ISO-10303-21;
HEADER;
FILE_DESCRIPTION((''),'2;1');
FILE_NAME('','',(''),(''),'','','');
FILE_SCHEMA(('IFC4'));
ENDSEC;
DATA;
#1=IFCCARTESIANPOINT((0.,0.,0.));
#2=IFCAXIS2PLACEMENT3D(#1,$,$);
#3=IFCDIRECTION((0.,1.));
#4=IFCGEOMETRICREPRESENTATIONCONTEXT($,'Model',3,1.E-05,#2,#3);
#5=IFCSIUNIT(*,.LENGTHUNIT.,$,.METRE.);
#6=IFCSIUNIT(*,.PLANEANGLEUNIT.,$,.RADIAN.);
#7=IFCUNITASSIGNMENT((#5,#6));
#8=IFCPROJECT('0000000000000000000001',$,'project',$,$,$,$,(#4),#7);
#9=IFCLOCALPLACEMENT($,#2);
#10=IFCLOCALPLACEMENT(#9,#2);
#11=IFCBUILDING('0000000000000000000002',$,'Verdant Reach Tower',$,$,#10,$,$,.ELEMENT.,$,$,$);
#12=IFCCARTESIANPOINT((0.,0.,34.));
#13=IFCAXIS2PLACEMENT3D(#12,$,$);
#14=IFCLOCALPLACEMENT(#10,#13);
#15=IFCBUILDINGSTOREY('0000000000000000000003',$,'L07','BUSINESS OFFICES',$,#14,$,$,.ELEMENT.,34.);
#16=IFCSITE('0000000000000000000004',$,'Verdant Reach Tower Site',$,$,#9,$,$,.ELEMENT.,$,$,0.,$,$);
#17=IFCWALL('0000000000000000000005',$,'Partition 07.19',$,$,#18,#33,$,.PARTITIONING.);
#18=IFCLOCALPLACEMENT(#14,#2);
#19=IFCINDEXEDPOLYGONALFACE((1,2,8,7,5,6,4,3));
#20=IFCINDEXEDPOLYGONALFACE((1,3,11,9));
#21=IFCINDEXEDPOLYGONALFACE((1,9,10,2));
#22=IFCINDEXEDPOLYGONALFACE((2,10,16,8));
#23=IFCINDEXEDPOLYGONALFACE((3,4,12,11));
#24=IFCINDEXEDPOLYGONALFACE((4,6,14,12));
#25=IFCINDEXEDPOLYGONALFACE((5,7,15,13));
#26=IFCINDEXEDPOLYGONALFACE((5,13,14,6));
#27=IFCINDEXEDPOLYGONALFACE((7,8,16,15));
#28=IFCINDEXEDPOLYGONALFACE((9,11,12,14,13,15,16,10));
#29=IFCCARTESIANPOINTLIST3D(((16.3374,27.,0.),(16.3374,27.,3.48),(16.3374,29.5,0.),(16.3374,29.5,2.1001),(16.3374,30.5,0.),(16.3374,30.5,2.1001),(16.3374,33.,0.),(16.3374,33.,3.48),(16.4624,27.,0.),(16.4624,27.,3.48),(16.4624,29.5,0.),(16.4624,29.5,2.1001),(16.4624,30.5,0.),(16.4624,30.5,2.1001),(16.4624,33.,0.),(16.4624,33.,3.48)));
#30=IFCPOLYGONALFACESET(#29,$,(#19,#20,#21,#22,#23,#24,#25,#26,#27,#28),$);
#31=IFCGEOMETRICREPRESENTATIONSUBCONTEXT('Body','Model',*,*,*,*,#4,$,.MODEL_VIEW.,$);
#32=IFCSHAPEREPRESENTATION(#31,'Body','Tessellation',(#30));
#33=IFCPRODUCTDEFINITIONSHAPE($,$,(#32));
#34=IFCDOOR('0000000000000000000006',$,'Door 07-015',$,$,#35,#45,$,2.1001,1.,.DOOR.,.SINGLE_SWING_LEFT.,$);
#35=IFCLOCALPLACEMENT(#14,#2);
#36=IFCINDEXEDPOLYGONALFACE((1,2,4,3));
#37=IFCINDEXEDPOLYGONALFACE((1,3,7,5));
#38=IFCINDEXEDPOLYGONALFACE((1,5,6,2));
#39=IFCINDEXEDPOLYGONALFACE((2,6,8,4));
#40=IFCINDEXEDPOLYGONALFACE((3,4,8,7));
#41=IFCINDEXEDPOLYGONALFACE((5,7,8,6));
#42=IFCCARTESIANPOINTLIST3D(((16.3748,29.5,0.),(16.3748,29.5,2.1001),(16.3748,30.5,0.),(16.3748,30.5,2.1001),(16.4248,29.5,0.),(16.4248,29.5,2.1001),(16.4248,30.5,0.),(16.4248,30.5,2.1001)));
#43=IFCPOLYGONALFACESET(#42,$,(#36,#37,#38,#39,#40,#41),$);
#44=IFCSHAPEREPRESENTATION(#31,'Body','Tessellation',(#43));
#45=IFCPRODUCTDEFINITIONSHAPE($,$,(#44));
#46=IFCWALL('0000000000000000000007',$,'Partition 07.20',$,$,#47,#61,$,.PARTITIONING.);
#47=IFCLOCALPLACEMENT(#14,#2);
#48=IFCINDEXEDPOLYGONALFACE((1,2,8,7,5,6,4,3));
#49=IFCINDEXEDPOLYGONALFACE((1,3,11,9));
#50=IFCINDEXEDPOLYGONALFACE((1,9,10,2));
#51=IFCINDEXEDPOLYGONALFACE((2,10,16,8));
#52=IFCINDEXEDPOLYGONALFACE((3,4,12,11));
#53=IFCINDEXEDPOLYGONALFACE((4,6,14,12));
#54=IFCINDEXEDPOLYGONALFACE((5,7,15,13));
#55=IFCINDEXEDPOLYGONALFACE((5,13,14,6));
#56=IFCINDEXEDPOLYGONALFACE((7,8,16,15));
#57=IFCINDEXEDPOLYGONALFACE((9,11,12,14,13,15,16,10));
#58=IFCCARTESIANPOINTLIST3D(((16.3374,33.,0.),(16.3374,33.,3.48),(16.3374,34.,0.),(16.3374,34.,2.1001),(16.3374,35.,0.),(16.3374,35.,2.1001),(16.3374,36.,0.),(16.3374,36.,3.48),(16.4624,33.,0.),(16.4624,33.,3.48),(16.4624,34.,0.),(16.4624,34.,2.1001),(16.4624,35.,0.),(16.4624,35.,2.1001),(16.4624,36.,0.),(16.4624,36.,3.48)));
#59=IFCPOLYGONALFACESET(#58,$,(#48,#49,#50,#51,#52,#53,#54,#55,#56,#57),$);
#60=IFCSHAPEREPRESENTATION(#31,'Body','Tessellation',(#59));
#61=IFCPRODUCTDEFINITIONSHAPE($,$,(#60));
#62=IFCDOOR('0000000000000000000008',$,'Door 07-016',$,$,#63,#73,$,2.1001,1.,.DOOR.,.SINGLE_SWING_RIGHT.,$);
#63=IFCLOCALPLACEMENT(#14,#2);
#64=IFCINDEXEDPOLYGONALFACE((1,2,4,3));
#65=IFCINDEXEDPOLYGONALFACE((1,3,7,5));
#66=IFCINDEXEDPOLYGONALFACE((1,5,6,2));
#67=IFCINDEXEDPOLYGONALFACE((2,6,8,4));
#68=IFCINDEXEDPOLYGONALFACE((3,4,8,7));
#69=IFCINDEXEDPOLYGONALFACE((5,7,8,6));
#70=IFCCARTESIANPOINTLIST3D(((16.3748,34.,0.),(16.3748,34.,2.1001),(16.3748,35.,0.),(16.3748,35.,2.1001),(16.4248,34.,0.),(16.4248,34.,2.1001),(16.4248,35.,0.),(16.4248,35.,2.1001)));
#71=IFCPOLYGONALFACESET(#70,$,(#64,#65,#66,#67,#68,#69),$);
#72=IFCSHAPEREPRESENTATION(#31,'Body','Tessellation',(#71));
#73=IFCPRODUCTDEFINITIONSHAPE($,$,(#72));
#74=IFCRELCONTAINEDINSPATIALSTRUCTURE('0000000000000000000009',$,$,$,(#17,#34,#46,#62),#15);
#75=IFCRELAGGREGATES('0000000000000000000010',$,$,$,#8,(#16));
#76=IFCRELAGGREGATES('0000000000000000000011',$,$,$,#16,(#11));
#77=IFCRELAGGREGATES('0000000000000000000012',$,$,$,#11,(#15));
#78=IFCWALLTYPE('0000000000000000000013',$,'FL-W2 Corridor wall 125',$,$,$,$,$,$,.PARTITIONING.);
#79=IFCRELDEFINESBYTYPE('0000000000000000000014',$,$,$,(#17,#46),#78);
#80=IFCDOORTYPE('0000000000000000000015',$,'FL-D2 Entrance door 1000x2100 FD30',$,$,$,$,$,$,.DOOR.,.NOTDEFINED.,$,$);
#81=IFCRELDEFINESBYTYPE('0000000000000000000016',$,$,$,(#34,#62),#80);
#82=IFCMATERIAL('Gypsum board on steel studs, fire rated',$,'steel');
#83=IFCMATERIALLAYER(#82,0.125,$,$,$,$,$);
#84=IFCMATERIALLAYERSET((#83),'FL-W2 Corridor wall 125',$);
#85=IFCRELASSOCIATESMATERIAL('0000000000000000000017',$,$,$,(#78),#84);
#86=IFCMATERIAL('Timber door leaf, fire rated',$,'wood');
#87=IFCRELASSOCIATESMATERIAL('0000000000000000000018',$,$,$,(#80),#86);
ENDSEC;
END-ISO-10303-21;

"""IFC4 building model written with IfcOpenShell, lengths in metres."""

from ifc_helpers import new_model, si_unit, direction, frame, frame_2d, origin, place, context, subcontext, project, spatial, rectangle, extrude, material, layer, layer_set, type_object, element, fill, save


model = new_model("IFC4")

# Units and contexts
model_context = context("Model", 3, precision=1e-05, world=origin(), true_north=direction((0.0, 1.0)))
body_context = subcontext(model_context, "Body", "Model", "MODEL_VIEW")
ifc_project = project(units=[si_unit("LENGTHUNIT", "METRE"), si_unit("PLANEANGLEUNIT", "RADIAN")], contexts=[model_context])

# Site, building, storey
site_placement = place(None, origin())
site = spatial("IfcSite", under=ifc_project, at=site_placement, Name="Verdant Reach Tower Site", CompositionType="ELEMENT", RefElevation=0.0)
building_placement = place(site_placement, origin())
building = spatial("IfcBuilding", under=site, at=building_placement, Name="Verdant Reach Tower", CompositionType="ELEMENT")
storey_placement = place(building_placement, frame((0.0, 0.0, 34.0)))
storey = spatial("IfcBuildingStorey", under=building, at=storey_placement, Name="L07", Description="BUSINESS OFFICES", CompositionType="ELEMENT", Elevation=34.0)

# Walls, openings, doors
ifc_material_1 = material(Name="Gypsum board on steel studs, fire rated", Category="steel")
ifc_layer_1 = layer(ifc_material_1, 0.125)
ifc_layer_set_1 = layer_set([ifc_layer_1], Name="FL-W2 Corridor wall 125")
wall_type_1 = type_object("IfcWallType", Name="FL-W2 Corridor wall 125", PredefinedType="PARTITIONING", material=ifc_layer_set_1)
ifc_material_2 = material(Name="Timber door leaf, fire rated", Category="wood")
door_type = type_object("IfcDoorType", Name="FL-D2 Entrance door 1000x2100 FD30", OperationType="NOTDEFINED", PredefinedType="DOOR", material=ifc_material_2)
wall_1_placement = place(storey_placement, frame((16.3999, 33.0, 0.0), z_axis=(0.0, 0.0, 1.0), x_axis=(0.0, -1.0, 0.0)))
wall_1 = element("IfcWall", 1, at=wall_1_placement, inside=storey, type_object=wall_type_1, Name="Partition 07.19", PredefinedType="PARTITIONING", context=body_context, shape_type="SweptSolid", body=[
    extrude(rectangle(XDim=6.0, YDim=0.125, at=frame_2d((3.0, 0.0))), origin(), (0.0, 0.0, 1.0), 3.48),
])
opening_1_placement = place(wall_1_placement, frame((2.5, 0.0, 0.0)))
opening_1 = element("IfcOpeningElement", 2, at=opening_1_placement, cuts=wall_1, PredefinedType="OPENING", context=body_context, shape_type="SweptSolid", body=[
    extrude(rectangle(XDim=1.0, YDim=2.1001, at=frame_2d((0.5, 1.05))), frame((0.0, 0.0725, 0.0), z_axis=(0.0, -1.0, 0.0), x_axis=(1.0, 0.0, 0.0)), (0.0, 0.0, 1.0), 0.145),
])
door_1_placement = place(opening_1_placement, origin())
door_1 = element("IfcDoor", 3, at=door_1_placement, inside=storey, type_object=door_type, Name="Door 07-015", OperationType="SINGLE_SWING_LEFT", OverallHeight=2.1001, OverallWidth=1.0, PredefinedType="DOOR", context=body_context, shape_type="SweptSolid", body=[
    extrude(rectangle(XDim=1.0, YDim=2.1001, at=frame_2d((0.5, 1.05))), frame((0.0, 0.0249, 0.0), z_axis=(0.0, -1.0, 0.0), x_axis=(1.0, 0.0, 0.0)), (0.0, 0.0, 1.0), 0.05),
])
fill(opening_1, door_1)
wall_2_placement = place(storey_placement, frame((16.3999, 36.0, 0.0), z_axis=(0.0, 0.0, 1.0), x_axis=(0.0, -1.0, 0.0)))
wall_2 = element("IfcWall", 4, at=wall_2_placement, inside=storey, type_object=wall_type_1, Name="Partition 07.20", PredefinedType="PARTITIONING", context=body_context, shape_type="SweptSolid", body=[
    extrude(rectangle(XDim=3.0, YDim=0.125, at=frame_2d((1.5, 0.0))), origin(), (0.0, 0.0, 1.0), 3.48),
])
opening_2_placement = place(wall_2_placement, frame((1.0, 0.0, 0.0)))
opening_2 = element("IfcOpeningElement", 5, at=opening_2_placement, cuts=wall_2, PredefinedType="OPENING", context=body_context, shape_type="SweptSolid", body=[
    extrude(rectangle(XDim=1.0, YDim=2.1001, at=frame_2d((0.5, 1.05))), frame((0.0, 0.0725, 0.0), z_axis=(0.0, -1.0, 0.0), x_axis=(1.0, 0.0, 0.0)), (0.0, 0.0, 1.0), 0.145),
])
door_2_placement = place(opening_2_placement, origin())
door_2 = element("IfcDoor", 6, at=door_2_placement, inside=storey, type_object=door_type, Name="Door 07-016", OperationType="SINGLE_SWING_RIGHT", OverallHeight=2.1001, OverallWidth=1.0, PredefinedType="DOOR", context=body_context, shape_type="SweptSolid", body=[
    extrude(rectangle(XDim=1.0, YDim=2.1001, at=frame_2d((0.5, 1.05))), frame((0.0, 0.0249, 0.0), z_axis=(0.0, -1.0, 0.0), x_axis=(1.0, 0.0, 0.0)), (0.0, 0.0, 1.0), 0.05),
])
fill(opening_2, door_2)

save(model, "model.ifc")
